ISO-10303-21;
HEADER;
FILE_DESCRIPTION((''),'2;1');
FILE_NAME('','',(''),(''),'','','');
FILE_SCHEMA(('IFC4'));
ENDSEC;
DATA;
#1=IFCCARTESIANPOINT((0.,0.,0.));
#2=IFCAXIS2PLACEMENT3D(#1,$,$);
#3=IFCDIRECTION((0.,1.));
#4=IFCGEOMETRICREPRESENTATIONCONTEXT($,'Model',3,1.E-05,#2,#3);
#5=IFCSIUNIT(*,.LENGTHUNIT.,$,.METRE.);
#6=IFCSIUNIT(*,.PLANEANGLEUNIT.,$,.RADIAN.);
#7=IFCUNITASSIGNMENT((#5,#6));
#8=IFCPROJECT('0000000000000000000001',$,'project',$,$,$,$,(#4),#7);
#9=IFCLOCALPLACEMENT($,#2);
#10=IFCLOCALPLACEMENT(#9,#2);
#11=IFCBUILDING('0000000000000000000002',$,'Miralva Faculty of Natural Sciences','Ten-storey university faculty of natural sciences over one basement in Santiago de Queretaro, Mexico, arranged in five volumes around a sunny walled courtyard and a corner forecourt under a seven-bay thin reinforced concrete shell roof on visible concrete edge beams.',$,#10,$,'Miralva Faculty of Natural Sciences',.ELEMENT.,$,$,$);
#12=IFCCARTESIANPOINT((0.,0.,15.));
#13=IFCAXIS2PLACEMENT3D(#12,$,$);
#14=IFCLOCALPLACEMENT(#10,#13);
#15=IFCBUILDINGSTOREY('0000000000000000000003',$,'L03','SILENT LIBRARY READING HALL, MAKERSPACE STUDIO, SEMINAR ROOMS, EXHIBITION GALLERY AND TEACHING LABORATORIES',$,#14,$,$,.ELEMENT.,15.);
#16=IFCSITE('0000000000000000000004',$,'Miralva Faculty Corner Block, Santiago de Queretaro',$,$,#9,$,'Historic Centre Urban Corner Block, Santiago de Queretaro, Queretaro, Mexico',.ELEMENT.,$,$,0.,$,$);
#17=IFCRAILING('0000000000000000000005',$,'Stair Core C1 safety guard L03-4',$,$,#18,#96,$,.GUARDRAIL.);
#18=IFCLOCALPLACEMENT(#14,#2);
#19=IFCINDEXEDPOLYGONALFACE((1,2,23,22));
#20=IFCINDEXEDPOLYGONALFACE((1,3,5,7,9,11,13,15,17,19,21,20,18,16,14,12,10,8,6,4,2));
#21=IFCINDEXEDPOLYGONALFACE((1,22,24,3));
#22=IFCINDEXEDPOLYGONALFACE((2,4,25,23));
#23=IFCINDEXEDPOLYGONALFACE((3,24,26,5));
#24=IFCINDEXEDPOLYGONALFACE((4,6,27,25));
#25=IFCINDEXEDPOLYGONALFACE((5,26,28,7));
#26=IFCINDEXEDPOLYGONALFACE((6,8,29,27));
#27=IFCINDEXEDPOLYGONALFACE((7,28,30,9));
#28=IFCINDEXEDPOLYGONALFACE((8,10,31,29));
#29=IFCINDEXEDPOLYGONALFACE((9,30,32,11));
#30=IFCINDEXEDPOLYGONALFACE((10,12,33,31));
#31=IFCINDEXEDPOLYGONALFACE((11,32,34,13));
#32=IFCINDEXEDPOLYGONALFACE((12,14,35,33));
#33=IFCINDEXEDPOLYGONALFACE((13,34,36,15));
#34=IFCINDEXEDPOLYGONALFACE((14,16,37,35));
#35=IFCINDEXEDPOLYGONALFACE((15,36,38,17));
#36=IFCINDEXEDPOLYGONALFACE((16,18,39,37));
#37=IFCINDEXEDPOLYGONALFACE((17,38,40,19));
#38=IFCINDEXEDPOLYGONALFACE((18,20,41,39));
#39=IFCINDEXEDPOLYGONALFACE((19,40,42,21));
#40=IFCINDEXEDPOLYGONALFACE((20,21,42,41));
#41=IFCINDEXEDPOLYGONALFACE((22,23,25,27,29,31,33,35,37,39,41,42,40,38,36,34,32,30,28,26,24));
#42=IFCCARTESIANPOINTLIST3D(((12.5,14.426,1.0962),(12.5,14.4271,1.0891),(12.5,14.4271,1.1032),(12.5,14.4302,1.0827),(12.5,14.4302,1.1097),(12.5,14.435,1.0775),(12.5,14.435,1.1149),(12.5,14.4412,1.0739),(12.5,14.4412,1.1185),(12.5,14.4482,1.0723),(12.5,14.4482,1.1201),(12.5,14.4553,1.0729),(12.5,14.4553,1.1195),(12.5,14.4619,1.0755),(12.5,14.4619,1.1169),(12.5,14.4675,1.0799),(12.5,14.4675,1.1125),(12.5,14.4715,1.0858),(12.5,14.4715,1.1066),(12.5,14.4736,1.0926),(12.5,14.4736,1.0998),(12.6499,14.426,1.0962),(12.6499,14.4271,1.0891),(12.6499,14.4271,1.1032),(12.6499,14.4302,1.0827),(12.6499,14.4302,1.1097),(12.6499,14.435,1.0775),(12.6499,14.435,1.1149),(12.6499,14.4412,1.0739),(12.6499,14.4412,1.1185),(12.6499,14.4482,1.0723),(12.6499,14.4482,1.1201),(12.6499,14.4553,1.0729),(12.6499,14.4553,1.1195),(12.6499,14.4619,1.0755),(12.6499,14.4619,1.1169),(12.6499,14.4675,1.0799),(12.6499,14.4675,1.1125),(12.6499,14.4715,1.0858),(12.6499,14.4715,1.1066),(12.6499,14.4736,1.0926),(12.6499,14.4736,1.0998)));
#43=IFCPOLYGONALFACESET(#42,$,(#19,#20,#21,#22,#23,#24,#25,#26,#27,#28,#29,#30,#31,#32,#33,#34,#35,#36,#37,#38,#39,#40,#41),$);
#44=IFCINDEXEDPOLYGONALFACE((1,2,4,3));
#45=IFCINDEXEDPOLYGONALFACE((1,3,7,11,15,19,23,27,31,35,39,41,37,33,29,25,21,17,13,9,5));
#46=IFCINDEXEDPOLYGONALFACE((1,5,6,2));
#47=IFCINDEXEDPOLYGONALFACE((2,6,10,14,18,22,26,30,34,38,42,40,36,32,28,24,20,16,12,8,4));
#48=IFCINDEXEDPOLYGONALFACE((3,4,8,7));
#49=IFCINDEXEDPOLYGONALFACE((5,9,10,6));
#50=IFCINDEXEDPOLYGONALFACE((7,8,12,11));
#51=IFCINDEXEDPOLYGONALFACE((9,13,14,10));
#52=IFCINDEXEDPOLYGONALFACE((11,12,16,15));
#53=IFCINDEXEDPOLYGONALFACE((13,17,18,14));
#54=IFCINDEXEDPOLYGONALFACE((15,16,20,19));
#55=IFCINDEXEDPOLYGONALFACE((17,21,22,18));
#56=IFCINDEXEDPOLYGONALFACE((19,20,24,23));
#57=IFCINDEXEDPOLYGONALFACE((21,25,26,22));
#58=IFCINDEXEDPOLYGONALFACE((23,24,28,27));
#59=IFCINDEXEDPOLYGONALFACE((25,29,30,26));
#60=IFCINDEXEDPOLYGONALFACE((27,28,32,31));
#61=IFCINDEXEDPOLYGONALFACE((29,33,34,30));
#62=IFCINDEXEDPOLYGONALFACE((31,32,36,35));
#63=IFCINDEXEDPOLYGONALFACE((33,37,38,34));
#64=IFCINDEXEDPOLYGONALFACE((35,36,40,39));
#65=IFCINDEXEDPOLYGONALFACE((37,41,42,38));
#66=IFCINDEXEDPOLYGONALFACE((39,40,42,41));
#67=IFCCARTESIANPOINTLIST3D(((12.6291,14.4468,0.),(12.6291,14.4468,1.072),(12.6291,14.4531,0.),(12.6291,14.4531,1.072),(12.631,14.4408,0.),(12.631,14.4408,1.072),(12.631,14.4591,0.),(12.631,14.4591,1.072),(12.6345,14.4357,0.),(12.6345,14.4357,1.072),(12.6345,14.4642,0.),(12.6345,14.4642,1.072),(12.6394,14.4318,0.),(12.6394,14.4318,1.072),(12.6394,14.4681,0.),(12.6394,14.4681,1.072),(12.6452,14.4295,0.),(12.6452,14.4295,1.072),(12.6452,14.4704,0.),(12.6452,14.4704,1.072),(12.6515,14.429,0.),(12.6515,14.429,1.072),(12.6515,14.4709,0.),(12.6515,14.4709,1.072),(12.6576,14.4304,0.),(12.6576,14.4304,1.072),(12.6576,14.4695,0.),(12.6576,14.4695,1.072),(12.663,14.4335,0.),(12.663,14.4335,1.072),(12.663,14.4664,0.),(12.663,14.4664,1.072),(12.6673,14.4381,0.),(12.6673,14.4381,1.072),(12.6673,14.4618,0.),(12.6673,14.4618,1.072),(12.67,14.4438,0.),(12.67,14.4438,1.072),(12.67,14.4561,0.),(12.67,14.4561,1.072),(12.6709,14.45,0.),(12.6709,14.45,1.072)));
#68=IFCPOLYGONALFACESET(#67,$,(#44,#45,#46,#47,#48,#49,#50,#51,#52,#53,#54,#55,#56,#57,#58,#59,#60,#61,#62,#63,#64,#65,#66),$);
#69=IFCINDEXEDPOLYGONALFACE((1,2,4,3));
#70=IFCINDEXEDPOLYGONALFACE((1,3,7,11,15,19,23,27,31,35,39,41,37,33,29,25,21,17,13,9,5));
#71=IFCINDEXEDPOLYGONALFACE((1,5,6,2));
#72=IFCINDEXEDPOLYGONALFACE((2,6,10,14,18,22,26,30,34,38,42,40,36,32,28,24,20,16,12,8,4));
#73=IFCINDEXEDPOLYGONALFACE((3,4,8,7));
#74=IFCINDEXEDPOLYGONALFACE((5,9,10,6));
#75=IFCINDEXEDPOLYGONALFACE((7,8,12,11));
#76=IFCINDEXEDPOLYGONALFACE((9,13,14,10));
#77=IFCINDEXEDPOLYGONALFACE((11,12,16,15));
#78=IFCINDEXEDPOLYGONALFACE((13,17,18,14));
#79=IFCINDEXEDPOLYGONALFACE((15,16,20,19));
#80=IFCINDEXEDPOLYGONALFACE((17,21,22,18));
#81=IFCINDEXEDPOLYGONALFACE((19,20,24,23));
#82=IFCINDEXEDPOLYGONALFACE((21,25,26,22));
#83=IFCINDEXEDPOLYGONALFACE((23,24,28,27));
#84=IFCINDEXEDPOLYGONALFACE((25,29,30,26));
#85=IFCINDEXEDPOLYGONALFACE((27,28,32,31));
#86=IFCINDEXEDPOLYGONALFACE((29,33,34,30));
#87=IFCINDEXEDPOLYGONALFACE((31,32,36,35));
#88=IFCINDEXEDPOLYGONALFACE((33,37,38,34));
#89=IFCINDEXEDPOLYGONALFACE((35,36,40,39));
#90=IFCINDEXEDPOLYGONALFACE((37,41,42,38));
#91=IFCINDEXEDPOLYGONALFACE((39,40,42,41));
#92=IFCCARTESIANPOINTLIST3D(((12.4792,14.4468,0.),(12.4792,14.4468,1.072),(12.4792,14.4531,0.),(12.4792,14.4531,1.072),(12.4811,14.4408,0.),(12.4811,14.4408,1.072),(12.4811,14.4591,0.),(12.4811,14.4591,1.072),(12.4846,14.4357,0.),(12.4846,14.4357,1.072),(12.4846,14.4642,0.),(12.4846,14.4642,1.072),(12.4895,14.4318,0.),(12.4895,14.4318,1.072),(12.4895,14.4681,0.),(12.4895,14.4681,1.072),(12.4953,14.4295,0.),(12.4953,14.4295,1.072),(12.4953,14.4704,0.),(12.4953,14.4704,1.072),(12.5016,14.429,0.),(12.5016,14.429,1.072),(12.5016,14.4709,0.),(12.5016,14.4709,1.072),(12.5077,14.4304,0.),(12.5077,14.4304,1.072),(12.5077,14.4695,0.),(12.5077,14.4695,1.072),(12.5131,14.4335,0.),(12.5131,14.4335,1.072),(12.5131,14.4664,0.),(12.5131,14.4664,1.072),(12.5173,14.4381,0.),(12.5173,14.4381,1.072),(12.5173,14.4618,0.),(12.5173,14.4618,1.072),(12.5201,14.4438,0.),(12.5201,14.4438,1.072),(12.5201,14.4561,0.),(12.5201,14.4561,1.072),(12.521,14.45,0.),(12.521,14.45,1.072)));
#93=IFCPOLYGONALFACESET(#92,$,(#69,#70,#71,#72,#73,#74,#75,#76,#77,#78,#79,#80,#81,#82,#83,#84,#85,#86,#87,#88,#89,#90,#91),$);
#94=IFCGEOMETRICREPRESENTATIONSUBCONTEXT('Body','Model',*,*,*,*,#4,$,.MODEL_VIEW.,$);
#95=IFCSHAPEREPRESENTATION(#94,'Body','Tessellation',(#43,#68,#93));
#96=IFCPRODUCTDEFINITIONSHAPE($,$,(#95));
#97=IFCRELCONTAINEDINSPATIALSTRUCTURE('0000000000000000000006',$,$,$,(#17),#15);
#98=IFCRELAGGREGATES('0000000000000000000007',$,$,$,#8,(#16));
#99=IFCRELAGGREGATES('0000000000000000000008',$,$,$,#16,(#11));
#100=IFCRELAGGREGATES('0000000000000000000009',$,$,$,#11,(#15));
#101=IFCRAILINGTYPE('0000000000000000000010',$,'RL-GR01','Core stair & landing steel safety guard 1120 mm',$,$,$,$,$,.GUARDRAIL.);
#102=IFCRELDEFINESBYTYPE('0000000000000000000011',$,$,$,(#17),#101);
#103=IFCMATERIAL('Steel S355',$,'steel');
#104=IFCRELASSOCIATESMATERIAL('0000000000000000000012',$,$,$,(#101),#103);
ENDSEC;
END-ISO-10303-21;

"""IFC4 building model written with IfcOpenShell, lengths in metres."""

from ifc_helpers import new_model, si_unit, direction, frame, origin, origin_2d, place, context, subcontext, project, spatial, circle, extrude, material, type_object, element, save


model = new_model("IFC4")

# Units and contexts
model_context = context("Model", 3, precision=1e-05, world=origin(), true_north=direction((0.0, 1.0)))
body_context = subcontext(model_context, "Body", "Model", "MODEL_VIEW")
ifc_project = project(units=[si_unit("LENGTHUNIT", "METRE"), si_unit("PLANEANGLEUNIT", "RADIAN")], contexts=[model_context])

# Site, building, storey
site_placement = place(None, origin())
site = spatial("IfcSite", under=ifc_project, at=site_placement, Name="Miralva Faculty Corner Block, Santiago de Queretaro", LongName="Historic Centre Urban Corner Block, Santiago de Queretaro, Queretaro, Mexico", CompositionType="ELEMENT", RefElevation=0.0)
building_placement = place(site_placement, origin())
building = spatial("IfcBuilding", under=site, at=building_placement, Name="Miralva Faculty of Natural Sciences", Description="Ten-storey university faculty of natural sciences over one basement in Santiago de Queretaro, Mexico, arranged in five volumes around a sunny walled courtyard and a corner forecourt under a seven-bay thin reinforced concrete shell roof on visible concrete edge beams.", LongName="Miralva Faculty of Natural Sciences", CompositionType="ELEMENT")
storey_placement = place(building_placement, frame((0.0, 0.0, 15.0)))
storey = spatial("IfcBuildingStorey", under=building, at=storey_placement, Name="L03", Description="SILENT LIBRARY READING HALL, MAKERSPACE STUDIO, SEMINAR ROOMS, EXHIBITION GALLERY AND TEACHING LABORATORIES", CompositionType="ELEMENT", Elevation=15.0)

# Railing
ifc_material_1 = material(Name="Steel S355", Category="steel")
railing_type_1 = type_object("IfcRailingType", Name="RL-GR01", Description="Core stair & landing steel safety guard 1120 mm", PredefinedType="GUARDRAIL", material=ifc_material_1)
railing_1_placement = place(storey_placement, frame((12.6499, 14.45, 0.0)))
element("IfcRailing", 1, at=railing_1_placement, inside=storey, type_object=railing_type_1, Name="Stair Core C1 safety guard L03-4", PredefinedType="GUARDRAIL", context=body_context, shape_type="SweptSolid", body=[
    extrude(circle(Radius=0.0239, at=origin_2d()), frame((0.0, 0.0, 1.0962), z_axis=(-1.0, 0.0, 0.0), x_axis=(0.0, -1.0, 0.0)), (0.0, 0.0, 1.0), 0.1499),
    extrude(circle(Radius=0.021, at=origin_2d()), origin(), (0.0, 0.0, 1.0), 1.072),
    extrude(circle(Radius=0.021, at=origin_2d()), frame((-0.1499, 0.0, 0.0)), (0.0, 0.0, 1.0), 1.072),
])

save(model, "model.ifc")
